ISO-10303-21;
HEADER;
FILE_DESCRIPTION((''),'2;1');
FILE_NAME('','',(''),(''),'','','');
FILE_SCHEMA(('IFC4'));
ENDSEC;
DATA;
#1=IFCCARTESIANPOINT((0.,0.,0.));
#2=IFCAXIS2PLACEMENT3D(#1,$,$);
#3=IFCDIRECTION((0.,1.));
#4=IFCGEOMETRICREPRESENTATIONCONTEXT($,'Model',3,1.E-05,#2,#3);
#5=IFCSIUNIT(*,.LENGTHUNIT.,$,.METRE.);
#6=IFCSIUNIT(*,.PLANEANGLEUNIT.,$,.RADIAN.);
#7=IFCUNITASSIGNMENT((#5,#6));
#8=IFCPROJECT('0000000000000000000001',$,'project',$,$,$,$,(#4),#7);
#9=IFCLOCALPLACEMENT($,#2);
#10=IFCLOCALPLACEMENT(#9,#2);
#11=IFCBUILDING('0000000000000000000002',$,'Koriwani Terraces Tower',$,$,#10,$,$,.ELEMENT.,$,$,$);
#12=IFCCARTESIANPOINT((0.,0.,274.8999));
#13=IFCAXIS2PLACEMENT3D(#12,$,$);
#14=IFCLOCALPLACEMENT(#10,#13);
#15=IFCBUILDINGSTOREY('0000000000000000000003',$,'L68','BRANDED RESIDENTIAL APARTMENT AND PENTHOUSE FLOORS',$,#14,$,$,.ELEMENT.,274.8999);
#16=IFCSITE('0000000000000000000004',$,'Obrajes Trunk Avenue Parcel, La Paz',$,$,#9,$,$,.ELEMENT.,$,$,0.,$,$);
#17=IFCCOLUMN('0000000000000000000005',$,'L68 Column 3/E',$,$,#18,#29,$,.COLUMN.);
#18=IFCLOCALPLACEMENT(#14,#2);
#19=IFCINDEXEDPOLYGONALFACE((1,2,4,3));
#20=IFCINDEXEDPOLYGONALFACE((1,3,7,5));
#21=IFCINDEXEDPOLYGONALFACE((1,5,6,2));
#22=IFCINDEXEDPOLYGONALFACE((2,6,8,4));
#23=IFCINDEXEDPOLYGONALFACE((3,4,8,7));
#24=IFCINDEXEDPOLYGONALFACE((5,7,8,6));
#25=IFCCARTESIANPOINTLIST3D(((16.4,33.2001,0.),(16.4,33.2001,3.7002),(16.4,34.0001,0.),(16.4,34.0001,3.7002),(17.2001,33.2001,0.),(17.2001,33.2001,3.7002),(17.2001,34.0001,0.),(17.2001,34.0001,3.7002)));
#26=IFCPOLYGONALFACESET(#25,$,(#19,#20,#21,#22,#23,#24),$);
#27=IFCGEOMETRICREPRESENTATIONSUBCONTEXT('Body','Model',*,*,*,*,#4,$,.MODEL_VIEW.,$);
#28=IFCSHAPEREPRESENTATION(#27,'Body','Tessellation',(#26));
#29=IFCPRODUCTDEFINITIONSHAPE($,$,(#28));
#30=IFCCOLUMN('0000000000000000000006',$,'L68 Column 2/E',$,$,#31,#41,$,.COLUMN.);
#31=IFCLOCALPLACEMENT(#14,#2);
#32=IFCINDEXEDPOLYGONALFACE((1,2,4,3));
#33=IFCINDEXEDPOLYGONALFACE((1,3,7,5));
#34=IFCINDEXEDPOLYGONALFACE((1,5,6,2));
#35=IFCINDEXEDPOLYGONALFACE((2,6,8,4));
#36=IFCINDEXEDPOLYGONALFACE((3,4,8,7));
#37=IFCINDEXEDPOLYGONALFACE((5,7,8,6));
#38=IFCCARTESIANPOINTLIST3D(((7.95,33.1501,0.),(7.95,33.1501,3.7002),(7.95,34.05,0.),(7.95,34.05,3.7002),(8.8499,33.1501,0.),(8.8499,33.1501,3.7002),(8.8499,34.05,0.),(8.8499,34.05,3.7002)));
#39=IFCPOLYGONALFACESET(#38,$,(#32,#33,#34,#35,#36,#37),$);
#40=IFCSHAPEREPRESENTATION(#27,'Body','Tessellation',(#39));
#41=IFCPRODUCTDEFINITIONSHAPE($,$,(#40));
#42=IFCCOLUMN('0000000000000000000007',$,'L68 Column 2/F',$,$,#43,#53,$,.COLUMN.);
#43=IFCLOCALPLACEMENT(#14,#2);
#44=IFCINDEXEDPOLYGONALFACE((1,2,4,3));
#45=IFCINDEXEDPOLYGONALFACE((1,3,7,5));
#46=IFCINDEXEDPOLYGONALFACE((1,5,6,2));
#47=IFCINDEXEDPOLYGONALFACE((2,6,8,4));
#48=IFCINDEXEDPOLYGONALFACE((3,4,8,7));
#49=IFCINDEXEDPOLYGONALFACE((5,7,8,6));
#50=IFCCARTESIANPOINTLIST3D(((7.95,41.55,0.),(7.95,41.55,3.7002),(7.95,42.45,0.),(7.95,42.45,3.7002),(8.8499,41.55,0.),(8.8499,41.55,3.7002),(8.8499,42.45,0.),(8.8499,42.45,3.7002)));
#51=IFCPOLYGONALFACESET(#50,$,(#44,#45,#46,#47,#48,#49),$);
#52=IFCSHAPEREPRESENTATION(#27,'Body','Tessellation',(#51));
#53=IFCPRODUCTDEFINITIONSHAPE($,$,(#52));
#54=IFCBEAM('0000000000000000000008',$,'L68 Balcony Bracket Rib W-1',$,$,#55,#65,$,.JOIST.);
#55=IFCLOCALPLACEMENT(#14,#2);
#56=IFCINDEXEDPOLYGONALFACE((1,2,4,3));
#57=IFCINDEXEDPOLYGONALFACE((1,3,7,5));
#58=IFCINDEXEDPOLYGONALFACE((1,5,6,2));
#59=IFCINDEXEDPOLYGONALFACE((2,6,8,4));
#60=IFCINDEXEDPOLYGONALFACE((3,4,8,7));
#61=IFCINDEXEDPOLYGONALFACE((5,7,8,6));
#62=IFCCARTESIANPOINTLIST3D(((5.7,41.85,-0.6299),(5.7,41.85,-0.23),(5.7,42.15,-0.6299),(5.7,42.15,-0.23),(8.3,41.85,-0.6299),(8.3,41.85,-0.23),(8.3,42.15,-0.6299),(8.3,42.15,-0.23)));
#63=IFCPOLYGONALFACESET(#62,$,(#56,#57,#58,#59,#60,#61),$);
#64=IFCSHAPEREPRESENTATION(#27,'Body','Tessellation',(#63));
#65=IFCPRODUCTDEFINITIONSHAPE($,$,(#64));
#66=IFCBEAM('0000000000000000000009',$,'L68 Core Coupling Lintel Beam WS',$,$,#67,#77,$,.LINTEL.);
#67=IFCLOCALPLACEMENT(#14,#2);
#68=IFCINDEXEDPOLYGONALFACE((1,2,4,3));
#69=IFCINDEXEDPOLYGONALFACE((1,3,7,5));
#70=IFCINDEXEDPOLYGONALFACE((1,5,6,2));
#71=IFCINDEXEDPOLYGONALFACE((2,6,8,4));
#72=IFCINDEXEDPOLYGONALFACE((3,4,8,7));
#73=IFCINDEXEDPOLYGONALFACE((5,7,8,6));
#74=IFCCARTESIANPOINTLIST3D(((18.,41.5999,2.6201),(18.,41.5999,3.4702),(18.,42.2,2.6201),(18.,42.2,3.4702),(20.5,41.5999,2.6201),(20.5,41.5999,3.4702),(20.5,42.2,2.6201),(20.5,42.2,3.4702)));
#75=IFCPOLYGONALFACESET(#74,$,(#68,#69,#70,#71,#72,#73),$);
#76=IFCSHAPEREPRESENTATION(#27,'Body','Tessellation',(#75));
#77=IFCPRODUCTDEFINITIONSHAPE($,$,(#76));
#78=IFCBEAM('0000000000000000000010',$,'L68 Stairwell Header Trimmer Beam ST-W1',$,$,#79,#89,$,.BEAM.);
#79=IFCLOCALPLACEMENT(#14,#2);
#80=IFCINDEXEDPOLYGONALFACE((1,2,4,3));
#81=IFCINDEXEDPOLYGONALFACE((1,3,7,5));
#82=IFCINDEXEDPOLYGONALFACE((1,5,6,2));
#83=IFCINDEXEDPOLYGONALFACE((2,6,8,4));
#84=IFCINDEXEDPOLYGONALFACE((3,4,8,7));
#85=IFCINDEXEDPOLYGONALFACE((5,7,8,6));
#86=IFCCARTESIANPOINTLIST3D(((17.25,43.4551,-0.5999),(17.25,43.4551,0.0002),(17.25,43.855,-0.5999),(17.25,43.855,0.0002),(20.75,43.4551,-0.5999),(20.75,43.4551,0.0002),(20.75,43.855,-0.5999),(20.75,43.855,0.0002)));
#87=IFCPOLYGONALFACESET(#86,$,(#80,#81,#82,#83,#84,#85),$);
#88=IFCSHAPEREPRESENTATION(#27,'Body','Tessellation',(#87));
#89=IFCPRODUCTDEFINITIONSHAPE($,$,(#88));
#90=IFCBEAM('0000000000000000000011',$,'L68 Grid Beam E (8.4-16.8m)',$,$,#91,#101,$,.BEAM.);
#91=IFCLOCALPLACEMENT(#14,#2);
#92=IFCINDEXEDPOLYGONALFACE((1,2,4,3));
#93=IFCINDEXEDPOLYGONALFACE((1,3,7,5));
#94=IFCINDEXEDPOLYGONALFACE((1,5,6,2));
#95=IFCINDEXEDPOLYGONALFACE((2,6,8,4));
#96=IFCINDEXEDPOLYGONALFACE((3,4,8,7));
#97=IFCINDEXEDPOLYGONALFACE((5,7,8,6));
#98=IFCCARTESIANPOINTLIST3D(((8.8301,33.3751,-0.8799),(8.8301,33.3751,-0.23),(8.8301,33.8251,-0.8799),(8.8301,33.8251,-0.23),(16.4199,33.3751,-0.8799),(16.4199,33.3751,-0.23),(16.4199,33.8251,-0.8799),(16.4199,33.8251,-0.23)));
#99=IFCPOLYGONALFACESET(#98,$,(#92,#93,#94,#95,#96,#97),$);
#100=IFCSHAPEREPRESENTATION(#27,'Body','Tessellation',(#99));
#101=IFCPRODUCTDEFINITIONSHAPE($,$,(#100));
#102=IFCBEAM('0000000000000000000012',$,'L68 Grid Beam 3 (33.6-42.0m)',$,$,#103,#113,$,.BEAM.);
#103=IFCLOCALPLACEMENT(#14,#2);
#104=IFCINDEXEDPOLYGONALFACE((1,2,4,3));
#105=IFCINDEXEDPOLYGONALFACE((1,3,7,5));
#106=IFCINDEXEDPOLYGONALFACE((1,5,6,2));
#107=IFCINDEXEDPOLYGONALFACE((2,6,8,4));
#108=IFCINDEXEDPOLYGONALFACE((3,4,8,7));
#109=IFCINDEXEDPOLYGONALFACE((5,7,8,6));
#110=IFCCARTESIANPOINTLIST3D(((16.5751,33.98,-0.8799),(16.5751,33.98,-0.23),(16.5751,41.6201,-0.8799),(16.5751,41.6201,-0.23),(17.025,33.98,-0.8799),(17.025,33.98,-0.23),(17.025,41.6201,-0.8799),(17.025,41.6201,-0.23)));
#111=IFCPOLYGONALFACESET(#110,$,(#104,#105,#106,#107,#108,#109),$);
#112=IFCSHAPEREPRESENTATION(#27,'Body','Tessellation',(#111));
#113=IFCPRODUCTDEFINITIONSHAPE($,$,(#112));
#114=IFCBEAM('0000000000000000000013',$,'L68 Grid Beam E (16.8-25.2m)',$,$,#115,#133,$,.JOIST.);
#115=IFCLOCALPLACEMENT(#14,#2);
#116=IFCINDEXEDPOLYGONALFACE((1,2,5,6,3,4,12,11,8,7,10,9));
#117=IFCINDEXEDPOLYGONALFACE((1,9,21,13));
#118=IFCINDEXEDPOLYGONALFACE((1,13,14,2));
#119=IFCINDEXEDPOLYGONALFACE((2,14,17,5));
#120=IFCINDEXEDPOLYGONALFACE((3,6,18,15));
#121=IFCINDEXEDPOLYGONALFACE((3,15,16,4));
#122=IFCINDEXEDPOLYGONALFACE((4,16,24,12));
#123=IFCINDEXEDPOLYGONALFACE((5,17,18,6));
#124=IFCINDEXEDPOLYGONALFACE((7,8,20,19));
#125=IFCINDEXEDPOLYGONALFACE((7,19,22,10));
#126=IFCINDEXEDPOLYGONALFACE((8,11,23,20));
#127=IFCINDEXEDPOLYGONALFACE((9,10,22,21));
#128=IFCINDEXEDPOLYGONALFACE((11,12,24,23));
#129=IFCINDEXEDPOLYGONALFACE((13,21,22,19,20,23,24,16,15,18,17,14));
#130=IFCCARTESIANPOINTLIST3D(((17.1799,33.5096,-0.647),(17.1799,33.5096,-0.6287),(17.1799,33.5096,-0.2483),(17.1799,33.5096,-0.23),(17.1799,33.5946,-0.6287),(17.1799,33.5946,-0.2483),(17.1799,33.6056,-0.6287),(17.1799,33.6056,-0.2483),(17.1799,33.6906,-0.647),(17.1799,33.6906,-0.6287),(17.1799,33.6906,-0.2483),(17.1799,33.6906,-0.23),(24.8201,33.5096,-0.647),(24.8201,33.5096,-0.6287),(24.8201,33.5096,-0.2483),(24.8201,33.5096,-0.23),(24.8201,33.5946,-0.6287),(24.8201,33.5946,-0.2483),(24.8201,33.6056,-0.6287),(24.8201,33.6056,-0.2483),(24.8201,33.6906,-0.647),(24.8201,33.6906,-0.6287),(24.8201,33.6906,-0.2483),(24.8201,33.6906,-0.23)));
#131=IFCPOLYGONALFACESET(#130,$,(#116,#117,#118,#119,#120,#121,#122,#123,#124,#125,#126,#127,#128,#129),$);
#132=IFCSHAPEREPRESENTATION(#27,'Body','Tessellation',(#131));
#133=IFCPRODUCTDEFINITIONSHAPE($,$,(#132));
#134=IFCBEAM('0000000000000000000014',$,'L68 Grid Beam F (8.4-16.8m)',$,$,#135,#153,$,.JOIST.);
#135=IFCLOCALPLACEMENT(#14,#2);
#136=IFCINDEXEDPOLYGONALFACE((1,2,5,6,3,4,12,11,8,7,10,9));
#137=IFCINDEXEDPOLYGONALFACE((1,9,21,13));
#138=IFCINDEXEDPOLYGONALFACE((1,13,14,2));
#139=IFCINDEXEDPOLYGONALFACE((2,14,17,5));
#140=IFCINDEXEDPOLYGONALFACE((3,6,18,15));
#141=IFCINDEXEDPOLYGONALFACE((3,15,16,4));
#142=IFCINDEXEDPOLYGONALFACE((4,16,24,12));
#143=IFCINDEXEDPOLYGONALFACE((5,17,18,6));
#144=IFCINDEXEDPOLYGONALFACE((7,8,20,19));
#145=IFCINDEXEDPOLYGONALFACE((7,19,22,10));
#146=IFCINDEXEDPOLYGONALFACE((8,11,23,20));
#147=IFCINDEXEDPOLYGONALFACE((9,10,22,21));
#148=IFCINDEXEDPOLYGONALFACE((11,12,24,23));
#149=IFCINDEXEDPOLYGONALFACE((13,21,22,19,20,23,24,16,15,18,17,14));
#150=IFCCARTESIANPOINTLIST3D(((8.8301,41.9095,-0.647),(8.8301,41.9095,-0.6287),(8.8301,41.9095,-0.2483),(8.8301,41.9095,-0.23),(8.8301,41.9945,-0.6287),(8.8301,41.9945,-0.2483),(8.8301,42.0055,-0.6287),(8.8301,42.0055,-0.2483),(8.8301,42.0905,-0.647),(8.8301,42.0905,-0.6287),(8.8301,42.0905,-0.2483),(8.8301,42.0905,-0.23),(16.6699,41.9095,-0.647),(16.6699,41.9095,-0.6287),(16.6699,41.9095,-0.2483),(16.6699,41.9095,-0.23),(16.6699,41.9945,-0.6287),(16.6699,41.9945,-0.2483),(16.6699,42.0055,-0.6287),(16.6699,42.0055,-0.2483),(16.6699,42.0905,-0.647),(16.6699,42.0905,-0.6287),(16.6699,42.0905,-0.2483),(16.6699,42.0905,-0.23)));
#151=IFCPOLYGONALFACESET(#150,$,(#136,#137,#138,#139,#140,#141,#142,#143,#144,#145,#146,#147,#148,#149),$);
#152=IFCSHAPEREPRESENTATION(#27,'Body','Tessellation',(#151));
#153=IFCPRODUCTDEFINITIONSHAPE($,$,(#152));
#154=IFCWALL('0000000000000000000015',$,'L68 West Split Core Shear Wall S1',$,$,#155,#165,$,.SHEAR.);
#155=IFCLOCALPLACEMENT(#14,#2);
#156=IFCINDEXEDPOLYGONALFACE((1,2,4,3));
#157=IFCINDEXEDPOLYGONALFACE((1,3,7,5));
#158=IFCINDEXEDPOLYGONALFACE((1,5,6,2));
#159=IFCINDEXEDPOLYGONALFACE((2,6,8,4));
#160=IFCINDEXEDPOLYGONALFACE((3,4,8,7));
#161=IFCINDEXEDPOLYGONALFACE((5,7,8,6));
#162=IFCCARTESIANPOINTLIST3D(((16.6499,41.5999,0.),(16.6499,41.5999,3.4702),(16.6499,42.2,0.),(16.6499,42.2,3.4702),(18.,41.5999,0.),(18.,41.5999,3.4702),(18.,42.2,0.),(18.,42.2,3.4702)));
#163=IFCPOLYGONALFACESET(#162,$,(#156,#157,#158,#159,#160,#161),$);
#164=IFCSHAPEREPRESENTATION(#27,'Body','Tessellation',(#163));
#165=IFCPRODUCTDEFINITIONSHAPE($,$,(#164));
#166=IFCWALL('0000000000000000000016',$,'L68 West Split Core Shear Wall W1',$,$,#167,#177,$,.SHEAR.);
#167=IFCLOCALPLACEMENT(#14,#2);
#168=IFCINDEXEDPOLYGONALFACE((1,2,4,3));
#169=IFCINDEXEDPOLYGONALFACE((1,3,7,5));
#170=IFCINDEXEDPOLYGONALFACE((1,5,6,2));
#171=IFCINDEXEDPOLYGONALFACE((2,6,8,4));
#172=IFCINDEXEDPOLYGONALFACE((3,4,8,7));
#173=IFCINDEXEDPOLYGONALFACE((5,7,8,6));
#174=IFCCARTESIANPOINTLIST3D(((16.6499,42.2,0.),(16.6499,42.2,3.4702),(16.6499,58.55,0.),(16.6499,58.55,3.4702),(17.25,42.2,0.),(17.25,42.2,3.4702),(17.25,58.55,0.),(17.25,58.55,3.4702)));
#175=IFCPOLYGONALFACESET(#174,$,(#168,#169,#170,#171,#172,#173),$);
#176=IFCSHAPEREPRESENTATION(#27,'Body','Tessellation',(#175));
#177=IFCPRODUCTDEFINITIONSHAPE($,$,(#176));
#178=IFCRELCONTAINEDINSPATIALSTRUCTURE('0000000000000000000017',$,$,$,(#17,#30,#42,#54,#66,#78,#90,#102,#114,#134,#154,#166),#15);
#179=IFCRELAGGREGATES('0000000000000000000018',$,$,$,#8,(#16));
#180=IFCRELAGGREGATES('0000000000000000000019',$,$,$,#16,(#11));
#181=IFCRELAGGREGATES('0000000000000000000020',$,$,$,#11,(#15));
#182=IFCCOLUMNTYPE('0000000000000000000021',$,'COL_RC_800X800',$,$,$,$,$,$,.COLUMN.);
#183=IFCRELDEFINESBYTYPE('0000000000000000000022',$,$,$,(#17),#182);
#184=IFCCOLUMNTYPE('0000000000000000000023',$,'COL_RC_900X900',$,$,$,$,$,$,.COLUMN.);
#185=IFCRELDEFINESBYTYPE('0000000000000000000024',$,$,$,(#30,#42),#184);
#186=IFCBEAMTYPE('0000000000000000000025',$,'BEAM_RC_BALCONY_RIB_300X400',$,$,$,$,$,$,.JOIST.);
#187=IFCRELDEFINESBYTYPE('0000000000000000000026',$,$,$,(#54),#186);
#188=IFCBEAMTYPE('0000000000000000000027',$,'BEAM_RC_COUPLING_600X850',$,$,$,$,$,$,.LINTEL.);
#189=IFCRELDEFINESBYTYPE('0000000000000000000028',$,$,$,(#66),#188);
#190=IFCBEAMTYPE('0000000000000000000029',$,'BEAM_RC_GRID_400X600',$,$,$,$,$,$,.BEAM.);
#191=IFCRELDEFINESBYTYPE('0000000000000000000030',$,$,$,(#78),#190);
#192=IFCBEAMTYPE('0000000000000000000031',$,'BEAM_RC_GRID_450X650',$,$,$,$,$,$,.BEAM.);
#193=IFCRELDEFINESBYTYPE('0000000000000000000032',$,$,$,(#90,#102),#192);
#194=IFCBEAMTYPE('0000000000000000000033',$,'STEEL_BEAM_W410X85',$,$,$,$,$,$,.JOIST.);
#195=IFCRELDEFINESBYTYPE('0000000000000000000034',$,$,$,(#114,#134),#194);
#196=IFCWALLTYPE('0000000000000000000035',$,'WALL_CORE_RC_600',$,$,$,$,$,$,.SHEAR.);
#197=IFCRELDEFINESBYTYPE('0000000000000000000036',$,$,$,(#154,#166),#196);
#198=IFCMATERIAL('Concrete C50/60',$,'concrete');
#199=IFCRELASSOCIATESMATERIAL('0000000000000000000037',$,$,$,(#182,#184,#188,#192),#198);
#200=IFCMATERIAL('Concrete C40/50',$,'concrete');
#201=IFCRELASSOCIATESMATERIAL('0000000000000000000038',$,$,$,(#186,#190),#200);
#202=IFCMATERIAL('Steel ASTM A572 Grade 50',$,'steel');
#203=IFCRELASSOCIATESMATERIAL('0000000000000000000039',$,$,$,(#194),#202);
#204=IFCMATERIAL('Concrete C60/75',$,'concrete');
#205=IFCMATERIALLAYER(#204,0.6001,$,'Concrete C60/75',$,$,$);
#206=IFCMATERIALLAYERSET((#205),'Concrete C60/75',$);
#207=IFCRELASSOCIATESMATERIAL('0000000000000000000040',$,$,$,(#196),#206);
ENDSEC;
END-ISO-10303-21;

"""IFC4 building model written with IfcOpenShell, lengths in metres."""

from ifc_helpers import new_model, si_unit, direction, frame, frame_2d, origin, origin_2d, place, context, subcontext, project, spatial, rectangle, i_section, extrude, material, layer, layer_set, material_profile, profile_set, type_object, element, save


model = new_model("IFC4")

# Units and contexts
model_context = context("Model", 3, precision=1e-05, world=origin(), true_north=direction((0.0, 1.0)))
body_context = subcontext(model_context, "Body", "Model", "MODEL_VIEW")
ifc_project = project(units=[si_unit("LENGTHUNIT", "METRE"), si_unit("PLANEANGLEUNIT", "RADIAN")], contexts=[model_context])

# Site, building, storey
site_placement = place(None, origin())
site = spatial("IfcSite", under=ifc_project, at=site_placement, Name="Obrajes Trunk Avenue Parcel, La Paz", CompositionType="ELEMENT", RefElevation=0.0)
building_placement = place(site_placement, origin())
building = spatial("IfcBuilding", under=site, at=building_placement, Name="Koriwani Terraces Tower", CompositionType="ELEMENT")
storey_placement = place(building_placement, frame((0.0, 0.0, 274.8999)))
storey = spatial("IfcBuildingStorey", under=building, at=storey_placement, Name="L68", Description="BRANDED RESIDENTIAL APARTMENT AND PENTHOUSE FLOORS", CompositionType="ELEMENT", Elevation=274.8999)

# Columns
ifc_material_1 = material(Name="Concrete C50/60", Category="concrete")
ifc_material_profile_1 = material_profile(ifc_material_1, rectangle(XDim=0.8, YDim=0.8, at=origin_2d()), Name="Concrete C50/60", Category="LoadBearing")
ifc_profile_set_1 = profile_set([ifc_material_profile_1], Name="Concrete C50/60")
column_type_1 = type_object("IfcColumnType", Name="COL_RC_800X800", PredefinedType="COLUMN", material=ifc_profile_set_1)
column_placement = place(storey_placement, frame((16.8, 33.6001, 0.0), z_axis=(0.0, 0.0, 1.0), x_axis=(1.0, 0.0, 0.0)))
element("IfcColumn", 1, at=column_placement, inside=storey, type_object=column_type_1, Name="L68 Column 3/E", PredefinedType="COLUMN", context=body_context, shape_type="SweptSolid", body=[
    extrude(rectangle(XDim=0.8, YDim=0.8, at=origin_2d()), origin(), (0.0, 0.0, 1.0), 3.7002),
])
ifc_material_profile_2 = material_profile(ifc_material_1, rectangle(XDim=0.8999, YDim=0.8999, at=origin_2d()), Name="Concrete C50/60", Category="LoadBearing")
ifc_profile_set_2 = profile_set([ifc_material_profile_2], Name="Concrete C50/60")
column_type_2 = type_object("IfcColumnType", Name="COL_RC_900X900", PredefinedType="COLUMN", material=ifc_profile_set_2)
for number, where, z_axis, x_axis, name in (
    (2, (8.3999, 33.6001, 0.0), (0.0, 0.0, 1.0), (1.0, 0.0, 0.0), "L68 Column 2/E"),
    (3, (8.3999, 42.0, 0.0), (0.0, 0.0, 1.0), (1.0, 0.0, 0.0), "L68 Column 2/F"),
):
    element("IfcColumn", number, at=place(storey_placement, frame(where, z_axis=z_axis, x_axis=x_axis)), inside=storey, type_object=column_type_2, Name=name, PredefinedType="COLUMN", context=body_context, shape_type="SweptSolid", body=[
        extrude(rectangle(XDim=0.8999, YDim=0.8999, at=origin_2d()), origin(), (0.0, 0.0, 1.0), 3.7002),
    ])

# Beams
ifc_material_2 = material(Name="Concrete C40/50", Category="concrete")
ifc_material_profile_3 = material_profile(ifc_material_2, rectangle(XDim=0.3, YDim=0.3999, at=origin_2d()), Name="Concrete C40/50", Category="LoadBearing")
ifc_profile_set_3 = profile_set([ifc_material_profile_3], Name="Concrete C40/50")
beam_type_1 = type_object("IfcBeamType", Name="BEAM_RC_BALCONY_RIB_300X400", PredefinedType="JOIST", material=ifc_profile_set_3)
beam_1_placement = place(storey_placement, frame((5.7, 42.0, -0.4299), z_axis=(1.0, 0.0, 0.0), x_axis=(0.0, 1.0, 0.0)))
element("IfcBeam", 4, at=beam_1_placement, inside=storey, type_object=beam_type_1, Name="L68 Balcony Bracket Rib W-1", PredefinedType="JOIST", context=body_context, shape_type="SweptSolid", body=[
    extrude(rectangle(XDim=0.3, YDim=0.3999, at=origin_2d()), origin(), (0.0, 0.0, 1.0), 2.6001),
])
ifc_material_profile_4 = material_profile(ifc_material_1, rectangle(XDim=0.6001, YDim=0.8501, at=origin_2d()), Name="Concrete C50/60", Category="LoadBearing")
ifc_profile_set_4 = profile_set([ifc_material_profile_4], Name="Concrete C50/60")
beam_type_2 = type_object("IfcBeamType", Name="BEAM_RC_COUPLING_600X850", PredefinedType="LINTEL", material=ifc_profile_set_4)
beam_2_placement = place(storey_placement, frame((18.0, 41.8999, 3.0452), z_axis=(1.0, 0.0, 0.0), x_axis=(0.0, 1.0, 0.0)))
element("IfcBeam", 5, at=beam_2_placement, inside=storey, type_object=beam_type_2, Name="L68 Core Coupling Lintel Beam WS", PredefinedType="LINTEL", context=body_context, shape_type="SweptSolid", body=[
    extrude(rectangle(XDim=0.6001, YDim=0.8501, at=origin_2d()), origin(), (0.0, 0.0, 1.0), 2.5),
])
ifc_material_profile_5 = material_profile(ifc_material_2, rectangle(XDim=0.3999, YDim=0.6001, at=origin_2d()), Name="Concrete C40/50", Category="LoadBearing")
ifc_profile_set_5 = profile_set([ifc_material_profile_5], Name="Concrete C40/50")
beam_type_3 = type_object("IfcBeamType", Name="BEAM_RC_GRID_400X600", PredefinedType="BEAM", material=ifc_profile_set_5)
beam_3_placement = place(storey_placement, frame((17.25, 43.655, -0.2998), z_axis=(1.0, 0.0, 0.0), x_axis=(0.0, 1.0, 0.0)))
element("IfcBeam", 6, at=beam_3_placement, inside=storey, type_object=beam_type_3, Name="L68 Stairwell Header Trimmer Beam ST-W1", PredefinedType="BEAM", context=body_context, shape_type="SweptSolid", body=[
    extrude(rectangle(XDim=0.3999, YDim=0.6001, at=origin_2d()), origin(), (0.0, 0.0, 1.0), 3.5),
])
ifc_material_profile_6 = material_profile(ifc_material_1, rectangle(XDim=0.45, YDim=0.6499, at=origin_2d()), Name="Concrete C50/60", Category="LoadBearing")
ifc_profile_set_6 = profile_set([ifc_material_profile_6], Name="Concrete C50/60")
beam_type_4 = type_object("IfcBeamType", Name="BEAM_RC_GRID_450X650", PredefinedType="BEAM", material=ifc_profile_set_6)
beam_4_placement = place(storey_placement, frame((8.8301, 33.6001, -0.5549), z_axis=(1.0, 0.0, 0.0), x_axis=(0.0, 1.0, 0.0)))
element("IfcBeam", 7, at=beam_4_placement, inside=storey, type_object=beam_type_4, Name="L68 Grid Beam E (8.4-16.8m)", PredefinedType="BEAM", context=body_context, shape_type="SweptSolid", body=[
    extrude(rectangle(XDim=0.45, YDim=0.6499, at=origin_2d()), origin(), (0.0, 0.0, 1.0), 7.5898),
])
beam_5_placement = place(storey_placement, frame((16.8, 33.98, -0.5549), z_axis=(0.0, 1.0, 0.0), x_axis=(-1.0, 0.0, 0.0)))
element("IfcBeam", 8, at=beam_5_placement, inside=storey, type_object=beam_type_4, Name="L68 Grid Beam 3 (33.6-42.0m)", PredefinedType="BEAM", context=body_context, shape_type="SweptSolid", body=[
    extrude(rectangle(XDim=0.45, YDim=0.6499, at=origin_2d()), origin(), (0.0, 0.0, 1.0), 7.6401),
])
ifc_material_3 = material(Name="Steel ASTM A572 Grade 50", Category="steel")
ifc_material_profile_7 = material_profile(ifc_material_3, i_section(OverallWidth=0.1809, OverallDepth=0.417, WebThickness=0.011, FlangeThickness=0.0183, at=origin_2d()), Name="Steel ASTM A572 Grade 50", Category="LoadBearing")
ifc_profile_set_7 = profile_set([ifc_material_profile_7], Name="Steel ASTM A572 Grade 50")
beam_type_5 = type_object("IfcBeamType", Name="STEEL_BEAM_W410X85", PredefinedType="JOIST", material=ifc_profile_set_7)
beam_6_placement = place(storey_placement, frame((17.1799, 33.6001, -0.4385), z_axis=(1.0, 0.0, 0.0), x_axis=(0.0, 1.0, 0.0)))
element("IfcBeam", 9, at=beam_6_placement, inside=storey, type_object=beam_type_5, Name="L68 Grid Beam E (16.8-25.2m)", PredefinedType="JOIST", context=body_context, shape_type="SweptSolid", body=[
    extrude(i_section(OverallWidth=0.1809, OverallDepth=0.417, WebThickness=0.011, FlangeThickness=0.0183, at=origin_2d()), origin(), (0.0, 0.0, 1.0), 7.6401),
])
beam_7_placement = place(storey_placement, frame((8.8301, 42.0, -0.4385), z_axis=(1.0, 0.0, 0.0), x_axis=(0.0, 1.0, 0.0)))
element("IfcBeam", 10, at=beam_7_placement, inside=storey, type_object=beam_type_5, Name="L68 Grid Beam F (8.4-16.8m)", PredefinedType="JOIST", context=body_context, shape_type="SweptSolid", body=[
    extrude(i_section(OverallWidth=0.1809, OverallDepth=0.417, WebThickness=0.011, FlangeThickness=0.0183, at=origin_2d()), origin(), (0.0, 0.0, 1.0), 7.8398),
])

# Walls
ifc_material_4 = material(Name="Concrete C60/75", Category="concrete")
ifc_layer_1 = layer(ifc_material_4, 0.6001, Name="Concrete C60/75")
ifc_layer_set_1 = layer_set([ifc_layer_1], Name="Concrete C60/75")
wall_type_1 = type_object("IfcWallType", Name="WALL_CORE_RC_600", PredefinedType="SHEAR", material=ifc_layer_set_1)
wall_1_placement = place(storey_placement, frame((16.6499, 41.8999, 0.0), z_axis=(0.0, 0.0, 1.0), x_axis=(1.0, 0.0, 0.0)))
element("IfcWall", 11, at=wall_1_placement, inside=storey, type_object=wall_type_1, Name="L68 West Split Core Shear Wall S1", PredefinedType="SHEAR", context=body_context, shape_type="SweptSolid", body=[
    extrude(rectangle(XDim=1.3501, YDim=0.6001, at=frame_2d((0.675, 0.0))), origin(), (0.0, 0.0, 1.0), 3.4702),
])
wall_2_placement = place(storey_placement, frame((16.95, 42.2, 0.0), z_axis=(0.0, 0.0, 1.0), x_axis=(0.0, 1.0, 0.0)))
element("IfcWall", 12, at=wall_2_placement, inside=storey, type_object=wall_type_1, Name="L68 West Split Core Shear Wall W1", PredefinedType="SHEAR", context=body_context, shape_type="SweptSolid", body=[
    extrude(rectangle(XDim=16.3501, YDim=0.6001, at=frame_2d((8.175, 0.0))), origin(), (0.0, 0.0, 1.0), 3.4702),
])

save(model, "model.ifc")
